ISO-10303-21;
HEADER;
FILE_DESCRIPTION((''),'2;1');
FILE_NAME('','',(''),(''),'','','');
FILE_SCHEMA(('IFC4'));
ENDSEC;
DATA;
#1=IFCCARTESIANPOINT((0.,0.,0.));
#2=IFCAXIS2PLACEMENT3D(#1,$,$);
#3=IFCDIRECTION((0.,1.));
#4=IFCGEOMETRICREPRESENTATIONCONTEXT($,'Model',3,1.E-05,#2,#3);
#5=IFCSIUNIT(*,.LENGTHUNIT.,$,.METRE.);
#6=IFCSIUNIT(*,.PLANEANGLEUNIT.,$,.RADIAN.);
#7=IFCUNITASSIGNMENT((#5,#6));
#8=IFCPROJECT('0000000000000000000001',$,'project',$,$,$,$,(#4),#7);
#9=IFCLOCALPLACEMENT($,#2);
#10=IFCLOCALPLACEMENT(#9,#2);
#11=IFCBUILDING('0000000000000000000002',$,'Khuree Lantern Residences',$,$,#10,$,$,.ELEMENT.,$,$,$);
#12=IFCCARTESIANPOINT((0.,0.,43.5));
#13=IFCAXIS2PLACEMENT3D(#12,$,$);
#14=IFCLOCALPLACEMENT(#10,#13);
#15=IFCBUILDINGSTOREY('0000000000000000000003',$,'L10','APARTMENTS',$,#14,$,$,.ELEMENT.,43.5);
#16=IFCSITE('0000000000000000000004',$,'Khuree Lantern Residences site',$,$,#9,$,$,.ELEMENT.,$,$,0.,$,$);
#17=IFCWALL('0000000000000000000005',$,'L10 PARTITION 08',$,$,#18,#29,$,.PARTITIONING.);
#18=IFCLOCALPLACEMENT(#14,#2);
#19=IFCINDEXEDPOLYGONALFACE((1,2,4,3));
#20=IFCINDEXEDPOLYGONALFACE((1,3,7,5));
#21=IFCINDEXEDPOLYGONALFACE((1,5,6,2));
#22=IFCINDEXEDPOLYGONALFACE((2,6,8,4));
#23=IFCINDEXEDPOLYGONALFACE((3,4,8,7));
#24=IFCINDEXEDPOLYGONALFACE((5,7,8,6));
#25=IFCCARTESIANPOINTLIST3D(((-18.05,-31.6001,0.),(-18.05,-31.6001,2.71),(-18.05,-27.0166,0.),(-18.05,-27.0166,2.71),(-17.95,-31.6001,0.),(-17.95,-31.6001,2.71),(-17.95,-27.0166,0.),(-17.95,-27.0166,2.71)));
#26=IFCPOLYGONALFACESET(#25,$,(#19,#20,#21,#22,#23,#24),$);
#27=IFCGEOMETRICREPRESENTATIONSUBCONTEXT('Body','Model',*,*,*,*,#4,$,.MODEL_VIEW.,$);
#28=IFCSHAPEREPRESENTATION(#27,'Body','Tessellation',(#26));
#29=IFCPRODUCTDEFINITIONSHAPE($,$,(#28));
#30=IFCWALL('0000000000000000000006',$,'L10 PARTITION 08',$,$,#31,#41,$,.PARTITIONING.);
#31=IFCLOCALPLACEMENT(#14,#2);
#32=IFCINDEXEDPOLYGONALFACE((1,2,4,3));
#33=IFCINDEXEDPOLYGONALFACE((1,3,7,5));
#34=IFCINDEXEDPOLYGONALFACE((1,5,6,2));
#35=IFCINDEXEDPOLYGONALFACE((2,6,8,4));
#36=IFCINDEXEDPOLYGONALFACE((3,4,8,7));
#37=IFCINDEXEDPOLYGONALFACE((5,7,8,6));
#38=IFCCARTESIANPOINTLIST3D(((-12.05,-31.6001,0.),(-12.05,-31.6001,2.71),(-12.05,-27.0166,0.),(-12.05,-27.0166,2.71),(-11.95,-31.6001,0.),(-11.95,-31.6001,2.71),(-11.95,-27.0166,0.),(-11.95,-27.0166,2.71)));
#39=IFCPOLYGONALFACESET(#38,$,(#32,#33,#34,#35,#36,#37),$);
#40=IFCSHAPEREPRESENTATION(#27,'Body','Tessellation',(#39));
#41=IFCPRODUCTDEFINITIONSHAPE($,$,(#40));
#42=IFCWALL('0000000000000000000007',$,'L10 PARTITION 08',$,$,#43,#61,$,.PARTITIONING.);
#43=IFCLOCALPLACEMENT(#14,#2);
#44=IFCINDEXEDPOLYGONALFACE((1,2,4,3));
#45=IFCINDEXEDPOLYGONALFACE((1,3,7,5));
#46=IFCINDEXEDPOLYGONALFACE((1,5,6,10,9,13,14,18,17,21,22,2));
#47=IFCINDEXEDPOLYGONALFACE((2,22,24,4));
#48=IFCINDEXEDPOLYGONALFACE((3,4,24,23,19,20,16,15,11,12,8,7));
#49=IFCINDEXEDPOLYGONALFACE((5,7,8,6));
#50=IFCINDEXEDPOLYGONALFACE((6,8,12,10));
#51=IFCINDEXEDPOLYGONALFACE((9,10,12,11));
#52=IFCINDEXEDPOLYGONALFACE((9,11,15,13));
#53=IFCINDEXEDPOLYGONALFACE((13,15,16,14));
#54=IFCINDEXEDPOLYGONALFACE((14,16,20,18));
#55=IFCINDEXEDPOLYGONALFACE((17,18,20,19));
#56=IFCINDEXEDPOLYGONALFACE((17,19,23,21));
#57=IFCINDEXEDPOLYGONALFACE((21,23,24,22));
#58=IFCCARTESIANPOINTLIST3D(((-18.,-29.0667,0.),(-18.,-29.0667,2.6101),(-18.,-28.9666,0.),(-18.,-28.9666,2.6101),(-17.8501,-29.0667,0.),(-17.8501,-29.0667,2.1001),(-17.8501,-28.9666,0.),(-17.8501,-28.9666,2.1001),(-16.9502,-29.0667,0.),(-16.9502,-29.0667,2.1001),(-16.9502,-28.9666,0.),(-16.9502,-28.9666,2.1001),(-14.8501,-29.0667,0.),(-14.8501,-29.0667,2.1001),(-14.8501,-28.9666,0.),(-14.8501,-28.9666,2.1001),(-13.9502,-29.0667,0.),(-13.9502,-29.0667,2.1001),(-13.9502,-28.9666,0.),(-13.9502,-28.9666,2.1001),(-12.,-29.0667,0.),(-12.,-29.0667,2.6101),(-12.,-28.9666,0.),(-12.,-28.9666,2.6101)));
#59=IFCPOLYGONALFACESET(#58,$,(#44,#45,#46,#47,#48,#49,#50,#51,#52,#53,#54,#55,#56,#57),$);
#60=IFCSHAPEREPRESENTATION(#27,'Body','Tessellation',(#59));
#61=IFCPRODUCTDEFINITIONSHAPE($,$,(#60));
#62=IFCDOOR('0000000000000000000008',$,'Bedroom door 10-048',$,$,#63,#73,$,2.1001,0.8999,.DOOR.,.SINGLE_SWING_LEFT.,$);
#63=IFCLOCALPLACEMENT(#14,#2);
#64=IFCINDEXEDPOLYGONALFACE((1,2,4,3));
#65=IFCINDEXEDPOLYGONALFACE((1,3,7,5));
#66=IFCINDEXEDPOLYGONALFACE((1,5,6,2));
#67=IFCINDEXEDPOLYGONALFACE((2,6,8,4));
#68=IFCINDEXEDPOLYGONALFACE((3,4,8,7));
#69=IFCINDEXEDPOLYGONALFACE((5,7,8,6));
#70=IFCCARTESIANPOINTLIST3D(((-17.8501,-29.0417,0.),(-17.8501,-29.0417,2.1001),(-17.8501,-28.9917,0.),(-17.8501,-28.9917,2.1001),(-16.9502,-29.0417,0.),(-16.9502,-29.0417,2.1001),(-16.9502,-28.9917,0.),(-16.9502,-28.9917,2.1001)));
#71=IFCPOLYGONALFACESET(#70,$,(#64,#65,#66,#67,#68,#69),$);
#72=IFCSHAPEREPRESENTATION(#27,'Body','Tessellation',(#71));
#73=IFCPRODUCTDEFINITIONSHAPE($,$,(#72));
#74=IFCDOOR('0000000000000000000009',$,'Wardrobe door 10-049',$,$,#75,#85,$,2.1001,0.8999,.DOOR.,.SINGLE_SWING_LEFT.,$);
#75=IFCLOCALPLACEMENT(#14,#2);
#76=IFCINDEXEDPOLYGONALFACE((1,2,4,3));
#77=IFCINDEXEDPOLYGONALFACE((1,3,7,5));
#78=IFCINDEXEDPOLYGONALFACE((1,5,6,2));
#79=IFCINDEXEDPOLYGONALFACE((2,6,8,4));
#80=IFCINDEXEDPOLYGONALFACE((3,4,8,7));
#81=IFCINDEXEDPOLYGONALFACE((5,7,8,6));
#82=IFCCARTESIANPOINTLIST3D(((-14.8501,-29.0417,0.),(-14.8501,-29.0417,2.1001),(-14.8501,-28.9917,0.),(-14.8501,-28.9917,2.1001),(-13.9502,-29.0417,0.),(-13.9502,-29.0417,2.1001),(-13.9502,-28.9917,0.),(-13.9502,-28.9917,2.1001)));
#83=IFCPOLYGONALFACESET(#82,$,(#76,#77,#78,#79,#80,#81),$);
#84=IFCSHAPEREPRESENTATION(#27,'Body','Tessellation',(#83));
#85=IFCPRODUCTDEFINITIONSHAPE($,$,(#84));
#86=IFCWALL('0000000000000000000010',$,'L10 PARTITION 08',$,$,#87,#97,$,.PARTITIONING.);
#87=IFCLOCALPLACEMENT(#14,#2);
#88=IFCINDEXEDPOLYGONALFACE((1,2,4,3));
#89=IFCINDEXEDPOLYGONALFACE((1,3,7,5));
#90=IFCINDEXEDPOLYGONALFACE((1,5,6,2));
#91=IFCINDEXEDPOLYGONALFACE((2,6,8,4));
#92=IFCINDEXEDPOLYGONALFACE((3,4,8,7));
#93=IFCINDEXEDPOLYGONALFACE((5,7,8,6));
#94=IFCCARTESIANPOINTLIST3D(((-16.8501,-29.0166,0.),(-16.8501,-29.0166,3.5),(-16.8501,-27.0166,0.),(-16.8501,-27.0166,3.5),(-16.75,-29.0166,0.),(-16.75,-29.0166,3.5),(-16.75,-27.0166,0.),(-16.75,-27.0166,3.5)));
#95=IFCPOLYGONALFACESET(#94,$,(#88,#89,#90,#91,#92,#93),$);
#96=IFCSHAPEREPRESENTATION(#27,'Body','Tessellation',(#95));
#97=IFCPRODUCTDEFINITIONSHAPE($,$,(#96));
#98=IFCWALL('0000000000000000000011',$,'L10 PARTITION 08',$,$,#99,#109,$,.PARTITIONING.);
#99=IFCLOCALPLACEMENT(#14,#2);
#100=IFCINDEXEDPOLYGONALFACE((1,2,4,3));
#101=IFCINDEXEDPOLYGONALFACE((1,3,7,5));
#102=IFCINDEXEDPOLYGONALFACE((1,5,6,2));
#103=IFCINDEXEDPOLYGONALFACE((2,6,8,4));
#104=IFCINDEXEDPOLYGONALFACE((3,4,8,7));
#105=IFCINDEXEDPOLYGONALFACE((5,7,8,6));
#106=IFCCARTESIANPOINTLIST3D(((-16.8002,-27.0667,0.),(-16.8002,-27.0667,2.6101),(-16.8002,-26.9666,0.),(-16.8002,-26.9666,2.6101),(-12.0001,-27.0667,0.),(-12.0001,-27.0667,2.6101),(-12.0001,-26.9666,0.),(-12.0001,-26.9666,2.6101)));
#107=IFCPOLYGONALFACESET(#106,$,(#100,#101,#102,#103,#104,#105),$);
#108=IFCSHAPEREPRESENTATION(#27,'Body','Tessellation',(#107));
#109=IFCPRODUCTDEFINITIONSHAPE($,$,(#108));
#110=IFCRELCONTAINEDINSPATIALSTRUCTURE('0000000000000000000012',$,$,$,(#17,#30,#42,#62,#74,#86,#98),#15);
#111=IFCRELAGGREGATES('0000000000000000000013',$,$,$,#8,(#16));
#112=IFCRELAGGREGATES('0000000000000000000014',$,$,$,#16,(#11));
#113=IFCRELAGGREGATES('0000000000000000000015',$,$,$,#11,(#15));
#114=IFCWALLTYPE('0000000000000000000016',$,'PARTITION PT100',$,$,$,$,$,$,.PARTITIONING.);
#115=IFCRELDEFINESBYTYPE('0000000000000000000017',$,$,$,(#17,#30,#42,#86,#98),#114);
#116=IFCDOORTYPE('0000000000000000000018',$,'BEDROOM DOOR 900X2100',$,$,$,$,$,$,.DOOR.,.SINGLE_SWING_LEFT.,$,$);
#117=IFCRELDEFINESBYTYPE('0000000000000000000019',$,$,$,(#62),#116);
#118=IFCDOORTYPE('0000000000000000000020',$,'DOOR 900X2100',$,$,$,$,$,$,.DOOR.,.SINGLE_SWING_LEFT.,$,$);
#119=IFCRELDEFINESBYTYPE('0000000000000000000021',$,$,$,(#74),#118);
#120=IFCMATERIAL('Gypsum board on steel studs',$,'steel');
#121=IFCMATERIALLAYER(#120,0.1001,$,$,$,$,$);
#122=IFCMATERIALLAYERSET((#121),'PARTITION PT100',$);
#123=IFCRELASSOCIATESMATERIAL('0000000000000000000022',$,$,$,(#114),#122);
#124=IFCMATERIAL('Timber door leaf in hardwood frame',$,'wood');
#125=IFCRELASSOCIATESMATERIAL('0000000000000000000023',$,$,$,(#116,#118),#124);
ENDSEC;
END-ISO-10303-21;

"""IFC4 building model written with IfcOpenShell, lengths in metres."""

from ifc_helpers import new_model, si_unit, direction, frame, frame_2d, origin, place, context, subcontext, project, spatial, rectangle, extrude, material, layer, layer_set, type_object, element, fill, save


model = new_model("IFC4")

# Units and contexts
model_context = context("Model", 3, precision=1e-05, world=origin(), true_north=direction((0.0, 1.0)))
body_context = subcontext(model_context, "Body", "Model", "MODEL_VIEW")
ifc_project = project(units=[si_unit("LENGTHUNIT", "METRE"), si_unit("PLANEANGLEUNIT", "RADIAN")], contexts=[model_context])

# Site, building, storey
site_placement = place(None, origin())
site = spatial("IfcSite", under=ifc_project, at=site_placement, Name="Khuree Lantern Residences site", CompositionType="ELEMENT", RefElevation=0.0)
building_placement = place(site_placement, origin())
building = spatial("IfcBuilding", under=site, at=building_placement, Name="Khuree Lantern Residences", CompositionType="ELEMENT")
storey_placement = place(building_placement, frame((0.0, 0.0, 43.5)))
storey = spatial("IfcBuildingStorey", under=building, at=storey_placement, Name="L10", Description="APARTMENTS", CompositionType="ELEMENT", Elevation=43.5)

# Shared definitions
ifc_material_1 = material(Name="Timber door leaf in hardwood frame", Category="wood")

# Shared definitions
ifc_material_2 = material(Name="Gypsum board on steel studs", Category="steel")

# Walls
ifc_layer_1 = layer(ifc_material_2, 0.1001)
ifc_layer_set_1 = layer_set([ifc_layer_1], Name="PARTITION PT100")
wall_type_1 = type_object("IfcWallType", Name="PARTITION PT100", PredefinedType="PARTITIONING", material=ifc_layer_set_1)
for number, where, z_axis, x_axis, name in (
    (1, (-18.0, -27.0166, 0.0), (0.0, 0.0, 1.0), (0.0, -1.0, 0.0), "L10 PARTITION 08"),
    (2, (-12.0, -27.0166, 0.0), (0.0, 0.0, 1.0), (0.0, -1.0, 0.0), "L10 PARTITION 08"),
):
    element("IfcWall", number, at=place(storey_placement, frame(where, z_axis=z_axis, x_axis=x_axis)), inside=storey, type_object=wall_type_1, Name=name, PredefinedType="PARTITIONING", context=body_context, shape_type="SweptSolid", body=[
        extrude(rectangle(XDim=4.5835, YDim=0.1001, at=frame_2d((2.2917, 0.0))), origin(), (0.0, 0.0, 1.0), 2.71),
    ])

# Wall, openings, doors
wall_1_placement = place(storey_placement, frame((-18.0, -29.0166, 0.0), z_axis=(0.0, 0.0, 1.0), x_axis=(1.0, 0.0, 0.0)))
wall_1 = element("IfcWall", 3, at=wall_1_placement, inside=storey, type_object=wall_type_1, Name="L10 PARTITION 08", PredefinedType="PARTITIONING", context=body_context, shape_type="SweptSolid", body=[
    extrude(rectangle(XDim=6.0, YDim=0.1001, at=frame_2d((3.0, 0.0))), origin(), (0.0, 0.0, 1.0), 2.6101),
])
opening_1_placement = place(wall_1_placement, frame((0.1499, 0.0, 0.0)))
opening_1 = element("IfcOpeningElement", 4, at=opening_1_placement, cuts=wall_1, PredefinedType="OPENING", context=body_context, shape_type="SweptSolid", body=[
    extrude(rectangle(XDim=0.8999, YDim=2.1001, at=frame_2d((0.45, 1.05))), frame((0.0, 0.0601, 0.0), z_axis=(0.0, -1.0, 0.0), x_axis=(1.0, 0.0, 0.0)), (0.0, 0.0, 1.0), 0.1201),
])
opening_2_placement = place(wall_1_placement, frame((3.1499, 0.0, 0.0)))
opening_2 = element("IfcOpeningElement", 5, at=opening_2_placement, cuts=wall_1, PredefinedType="OPENING", context=body_context, shape_type="SweptSolid", body=[
    extrude(rectangle(XDim=0.8999, YDim=2.1001, at=frame_2d((0.45, 1.05))), frame((0.0, 0.0601, 0.0), z_axis=(0.0, -1.0, 0.0), x_axis=(1.0, 0.0, 0.0)), (0.0, 0.0, 1.0), 0.1201),
])
door_type_1 = type_object("IfcDoorType", Name="BEDROOM DOOR 900X2100", OperationType="SINGLE_SWING_LEFT", PredefinedType="DOOR", material=ifc_material_1)
door_1_placement = place(opening_1_placement, origin())
door_1 = element("IfcDoor", 6, at=door_1_placement, inside=storey, type_object=door_type_1, Name="Bedroom door 10-048", OperationType="SINGLE_SWING_LEFT", OverallHeight=2.1001, OverallWidth=0.8999, PredefinedType="DOOR", context=body_context, shape_type="SweptSolid", body=[
    extrude(rectangle(XDim=0.8999, YDim=2.1001, at=frame_2d((0.45, 1.05))), frame((0.0, 0.0249, 0.0), z_axis=(0.0, -1.0, 0.0), x_axis=(1.0, 0.0, 0.0)), (0.0, 0.0, 1.0), 0.05),
])
fill(opening_1, door_1)
door_type_2 = type_object("IfcDoorType", Name="DOOR 900X2100", OperationType="SINGLE_SWING_LEFT", PredefinedType="DOOR", material=ifc_material_1)
door_2_placement = place(opening_2_placement, origin())
door_2 = element("IfcDoor", 7, at=door_2_placement, inside=storey, type_object=door_type_2, Name="Wardrobe door 10-049", OperationType="SINGLE_SWING_LEFT", OverallHeight=2.1001, OverallWidth=0.8999, PredefinedType="DOOR", context=body_context, shape_type="SweptSolid", body=[
    extrude(rectangle(XDim=0.8999, YDim=2.1001, at=frame_2d((0.45, 1.05))), frame((0.0, 0.0249, 0.0), z_axis=(0.0, -1.0, 0.0), x_axis=(1.0, 0.0, 0.0)), (0.0, 0.0, 1.0), 0.05),
])
fill(opening_2, door_2)

# Walls
wall_2_placement = place(storey_placement, frame((-16.8, -27.0166, 0.0), z_axis=(0.0, 0.0, 1.0), x_axis=(0.0, -1.0, 0.0)))
element("IfcWall", 8, at=wall_2_placement, inside=storey, type_object=wall_type_1, Name="L10 PARTITION 08", PredefinedType="PARTITIONING", context=body_context, shape_type="SweptSolid", body=[
    extrude(rectangle(XDim=2.0, YDim=0.1001, at=frame_2d((1.0, 0.0))), origin(), (0.0, 0.0, 1.0), 3.5),
])
wall_3_placement = place(storey_placement, frame((-16.8, -27.0166, 0.0), z_axis=(0.0, 0.0, 1.0), x_axis=(1.0, 0.0, 0.0)))
element("IfcWall", 9, at=wall_3_placement, inside=storey, type_object=wall_type_1, Name="L10 PARTITION 08", PredefinedType="PARTITIONING", context=body_context, shape_type="SweptSolid", body=[
    extrude(rectangle(XDim=4.8, YDim=0.1001, at=frame_2d((2.3999, 0.0))), origin(), (0.0, 0.0, 1.0), 2.6101),
])

save(model, "model.ifc")
